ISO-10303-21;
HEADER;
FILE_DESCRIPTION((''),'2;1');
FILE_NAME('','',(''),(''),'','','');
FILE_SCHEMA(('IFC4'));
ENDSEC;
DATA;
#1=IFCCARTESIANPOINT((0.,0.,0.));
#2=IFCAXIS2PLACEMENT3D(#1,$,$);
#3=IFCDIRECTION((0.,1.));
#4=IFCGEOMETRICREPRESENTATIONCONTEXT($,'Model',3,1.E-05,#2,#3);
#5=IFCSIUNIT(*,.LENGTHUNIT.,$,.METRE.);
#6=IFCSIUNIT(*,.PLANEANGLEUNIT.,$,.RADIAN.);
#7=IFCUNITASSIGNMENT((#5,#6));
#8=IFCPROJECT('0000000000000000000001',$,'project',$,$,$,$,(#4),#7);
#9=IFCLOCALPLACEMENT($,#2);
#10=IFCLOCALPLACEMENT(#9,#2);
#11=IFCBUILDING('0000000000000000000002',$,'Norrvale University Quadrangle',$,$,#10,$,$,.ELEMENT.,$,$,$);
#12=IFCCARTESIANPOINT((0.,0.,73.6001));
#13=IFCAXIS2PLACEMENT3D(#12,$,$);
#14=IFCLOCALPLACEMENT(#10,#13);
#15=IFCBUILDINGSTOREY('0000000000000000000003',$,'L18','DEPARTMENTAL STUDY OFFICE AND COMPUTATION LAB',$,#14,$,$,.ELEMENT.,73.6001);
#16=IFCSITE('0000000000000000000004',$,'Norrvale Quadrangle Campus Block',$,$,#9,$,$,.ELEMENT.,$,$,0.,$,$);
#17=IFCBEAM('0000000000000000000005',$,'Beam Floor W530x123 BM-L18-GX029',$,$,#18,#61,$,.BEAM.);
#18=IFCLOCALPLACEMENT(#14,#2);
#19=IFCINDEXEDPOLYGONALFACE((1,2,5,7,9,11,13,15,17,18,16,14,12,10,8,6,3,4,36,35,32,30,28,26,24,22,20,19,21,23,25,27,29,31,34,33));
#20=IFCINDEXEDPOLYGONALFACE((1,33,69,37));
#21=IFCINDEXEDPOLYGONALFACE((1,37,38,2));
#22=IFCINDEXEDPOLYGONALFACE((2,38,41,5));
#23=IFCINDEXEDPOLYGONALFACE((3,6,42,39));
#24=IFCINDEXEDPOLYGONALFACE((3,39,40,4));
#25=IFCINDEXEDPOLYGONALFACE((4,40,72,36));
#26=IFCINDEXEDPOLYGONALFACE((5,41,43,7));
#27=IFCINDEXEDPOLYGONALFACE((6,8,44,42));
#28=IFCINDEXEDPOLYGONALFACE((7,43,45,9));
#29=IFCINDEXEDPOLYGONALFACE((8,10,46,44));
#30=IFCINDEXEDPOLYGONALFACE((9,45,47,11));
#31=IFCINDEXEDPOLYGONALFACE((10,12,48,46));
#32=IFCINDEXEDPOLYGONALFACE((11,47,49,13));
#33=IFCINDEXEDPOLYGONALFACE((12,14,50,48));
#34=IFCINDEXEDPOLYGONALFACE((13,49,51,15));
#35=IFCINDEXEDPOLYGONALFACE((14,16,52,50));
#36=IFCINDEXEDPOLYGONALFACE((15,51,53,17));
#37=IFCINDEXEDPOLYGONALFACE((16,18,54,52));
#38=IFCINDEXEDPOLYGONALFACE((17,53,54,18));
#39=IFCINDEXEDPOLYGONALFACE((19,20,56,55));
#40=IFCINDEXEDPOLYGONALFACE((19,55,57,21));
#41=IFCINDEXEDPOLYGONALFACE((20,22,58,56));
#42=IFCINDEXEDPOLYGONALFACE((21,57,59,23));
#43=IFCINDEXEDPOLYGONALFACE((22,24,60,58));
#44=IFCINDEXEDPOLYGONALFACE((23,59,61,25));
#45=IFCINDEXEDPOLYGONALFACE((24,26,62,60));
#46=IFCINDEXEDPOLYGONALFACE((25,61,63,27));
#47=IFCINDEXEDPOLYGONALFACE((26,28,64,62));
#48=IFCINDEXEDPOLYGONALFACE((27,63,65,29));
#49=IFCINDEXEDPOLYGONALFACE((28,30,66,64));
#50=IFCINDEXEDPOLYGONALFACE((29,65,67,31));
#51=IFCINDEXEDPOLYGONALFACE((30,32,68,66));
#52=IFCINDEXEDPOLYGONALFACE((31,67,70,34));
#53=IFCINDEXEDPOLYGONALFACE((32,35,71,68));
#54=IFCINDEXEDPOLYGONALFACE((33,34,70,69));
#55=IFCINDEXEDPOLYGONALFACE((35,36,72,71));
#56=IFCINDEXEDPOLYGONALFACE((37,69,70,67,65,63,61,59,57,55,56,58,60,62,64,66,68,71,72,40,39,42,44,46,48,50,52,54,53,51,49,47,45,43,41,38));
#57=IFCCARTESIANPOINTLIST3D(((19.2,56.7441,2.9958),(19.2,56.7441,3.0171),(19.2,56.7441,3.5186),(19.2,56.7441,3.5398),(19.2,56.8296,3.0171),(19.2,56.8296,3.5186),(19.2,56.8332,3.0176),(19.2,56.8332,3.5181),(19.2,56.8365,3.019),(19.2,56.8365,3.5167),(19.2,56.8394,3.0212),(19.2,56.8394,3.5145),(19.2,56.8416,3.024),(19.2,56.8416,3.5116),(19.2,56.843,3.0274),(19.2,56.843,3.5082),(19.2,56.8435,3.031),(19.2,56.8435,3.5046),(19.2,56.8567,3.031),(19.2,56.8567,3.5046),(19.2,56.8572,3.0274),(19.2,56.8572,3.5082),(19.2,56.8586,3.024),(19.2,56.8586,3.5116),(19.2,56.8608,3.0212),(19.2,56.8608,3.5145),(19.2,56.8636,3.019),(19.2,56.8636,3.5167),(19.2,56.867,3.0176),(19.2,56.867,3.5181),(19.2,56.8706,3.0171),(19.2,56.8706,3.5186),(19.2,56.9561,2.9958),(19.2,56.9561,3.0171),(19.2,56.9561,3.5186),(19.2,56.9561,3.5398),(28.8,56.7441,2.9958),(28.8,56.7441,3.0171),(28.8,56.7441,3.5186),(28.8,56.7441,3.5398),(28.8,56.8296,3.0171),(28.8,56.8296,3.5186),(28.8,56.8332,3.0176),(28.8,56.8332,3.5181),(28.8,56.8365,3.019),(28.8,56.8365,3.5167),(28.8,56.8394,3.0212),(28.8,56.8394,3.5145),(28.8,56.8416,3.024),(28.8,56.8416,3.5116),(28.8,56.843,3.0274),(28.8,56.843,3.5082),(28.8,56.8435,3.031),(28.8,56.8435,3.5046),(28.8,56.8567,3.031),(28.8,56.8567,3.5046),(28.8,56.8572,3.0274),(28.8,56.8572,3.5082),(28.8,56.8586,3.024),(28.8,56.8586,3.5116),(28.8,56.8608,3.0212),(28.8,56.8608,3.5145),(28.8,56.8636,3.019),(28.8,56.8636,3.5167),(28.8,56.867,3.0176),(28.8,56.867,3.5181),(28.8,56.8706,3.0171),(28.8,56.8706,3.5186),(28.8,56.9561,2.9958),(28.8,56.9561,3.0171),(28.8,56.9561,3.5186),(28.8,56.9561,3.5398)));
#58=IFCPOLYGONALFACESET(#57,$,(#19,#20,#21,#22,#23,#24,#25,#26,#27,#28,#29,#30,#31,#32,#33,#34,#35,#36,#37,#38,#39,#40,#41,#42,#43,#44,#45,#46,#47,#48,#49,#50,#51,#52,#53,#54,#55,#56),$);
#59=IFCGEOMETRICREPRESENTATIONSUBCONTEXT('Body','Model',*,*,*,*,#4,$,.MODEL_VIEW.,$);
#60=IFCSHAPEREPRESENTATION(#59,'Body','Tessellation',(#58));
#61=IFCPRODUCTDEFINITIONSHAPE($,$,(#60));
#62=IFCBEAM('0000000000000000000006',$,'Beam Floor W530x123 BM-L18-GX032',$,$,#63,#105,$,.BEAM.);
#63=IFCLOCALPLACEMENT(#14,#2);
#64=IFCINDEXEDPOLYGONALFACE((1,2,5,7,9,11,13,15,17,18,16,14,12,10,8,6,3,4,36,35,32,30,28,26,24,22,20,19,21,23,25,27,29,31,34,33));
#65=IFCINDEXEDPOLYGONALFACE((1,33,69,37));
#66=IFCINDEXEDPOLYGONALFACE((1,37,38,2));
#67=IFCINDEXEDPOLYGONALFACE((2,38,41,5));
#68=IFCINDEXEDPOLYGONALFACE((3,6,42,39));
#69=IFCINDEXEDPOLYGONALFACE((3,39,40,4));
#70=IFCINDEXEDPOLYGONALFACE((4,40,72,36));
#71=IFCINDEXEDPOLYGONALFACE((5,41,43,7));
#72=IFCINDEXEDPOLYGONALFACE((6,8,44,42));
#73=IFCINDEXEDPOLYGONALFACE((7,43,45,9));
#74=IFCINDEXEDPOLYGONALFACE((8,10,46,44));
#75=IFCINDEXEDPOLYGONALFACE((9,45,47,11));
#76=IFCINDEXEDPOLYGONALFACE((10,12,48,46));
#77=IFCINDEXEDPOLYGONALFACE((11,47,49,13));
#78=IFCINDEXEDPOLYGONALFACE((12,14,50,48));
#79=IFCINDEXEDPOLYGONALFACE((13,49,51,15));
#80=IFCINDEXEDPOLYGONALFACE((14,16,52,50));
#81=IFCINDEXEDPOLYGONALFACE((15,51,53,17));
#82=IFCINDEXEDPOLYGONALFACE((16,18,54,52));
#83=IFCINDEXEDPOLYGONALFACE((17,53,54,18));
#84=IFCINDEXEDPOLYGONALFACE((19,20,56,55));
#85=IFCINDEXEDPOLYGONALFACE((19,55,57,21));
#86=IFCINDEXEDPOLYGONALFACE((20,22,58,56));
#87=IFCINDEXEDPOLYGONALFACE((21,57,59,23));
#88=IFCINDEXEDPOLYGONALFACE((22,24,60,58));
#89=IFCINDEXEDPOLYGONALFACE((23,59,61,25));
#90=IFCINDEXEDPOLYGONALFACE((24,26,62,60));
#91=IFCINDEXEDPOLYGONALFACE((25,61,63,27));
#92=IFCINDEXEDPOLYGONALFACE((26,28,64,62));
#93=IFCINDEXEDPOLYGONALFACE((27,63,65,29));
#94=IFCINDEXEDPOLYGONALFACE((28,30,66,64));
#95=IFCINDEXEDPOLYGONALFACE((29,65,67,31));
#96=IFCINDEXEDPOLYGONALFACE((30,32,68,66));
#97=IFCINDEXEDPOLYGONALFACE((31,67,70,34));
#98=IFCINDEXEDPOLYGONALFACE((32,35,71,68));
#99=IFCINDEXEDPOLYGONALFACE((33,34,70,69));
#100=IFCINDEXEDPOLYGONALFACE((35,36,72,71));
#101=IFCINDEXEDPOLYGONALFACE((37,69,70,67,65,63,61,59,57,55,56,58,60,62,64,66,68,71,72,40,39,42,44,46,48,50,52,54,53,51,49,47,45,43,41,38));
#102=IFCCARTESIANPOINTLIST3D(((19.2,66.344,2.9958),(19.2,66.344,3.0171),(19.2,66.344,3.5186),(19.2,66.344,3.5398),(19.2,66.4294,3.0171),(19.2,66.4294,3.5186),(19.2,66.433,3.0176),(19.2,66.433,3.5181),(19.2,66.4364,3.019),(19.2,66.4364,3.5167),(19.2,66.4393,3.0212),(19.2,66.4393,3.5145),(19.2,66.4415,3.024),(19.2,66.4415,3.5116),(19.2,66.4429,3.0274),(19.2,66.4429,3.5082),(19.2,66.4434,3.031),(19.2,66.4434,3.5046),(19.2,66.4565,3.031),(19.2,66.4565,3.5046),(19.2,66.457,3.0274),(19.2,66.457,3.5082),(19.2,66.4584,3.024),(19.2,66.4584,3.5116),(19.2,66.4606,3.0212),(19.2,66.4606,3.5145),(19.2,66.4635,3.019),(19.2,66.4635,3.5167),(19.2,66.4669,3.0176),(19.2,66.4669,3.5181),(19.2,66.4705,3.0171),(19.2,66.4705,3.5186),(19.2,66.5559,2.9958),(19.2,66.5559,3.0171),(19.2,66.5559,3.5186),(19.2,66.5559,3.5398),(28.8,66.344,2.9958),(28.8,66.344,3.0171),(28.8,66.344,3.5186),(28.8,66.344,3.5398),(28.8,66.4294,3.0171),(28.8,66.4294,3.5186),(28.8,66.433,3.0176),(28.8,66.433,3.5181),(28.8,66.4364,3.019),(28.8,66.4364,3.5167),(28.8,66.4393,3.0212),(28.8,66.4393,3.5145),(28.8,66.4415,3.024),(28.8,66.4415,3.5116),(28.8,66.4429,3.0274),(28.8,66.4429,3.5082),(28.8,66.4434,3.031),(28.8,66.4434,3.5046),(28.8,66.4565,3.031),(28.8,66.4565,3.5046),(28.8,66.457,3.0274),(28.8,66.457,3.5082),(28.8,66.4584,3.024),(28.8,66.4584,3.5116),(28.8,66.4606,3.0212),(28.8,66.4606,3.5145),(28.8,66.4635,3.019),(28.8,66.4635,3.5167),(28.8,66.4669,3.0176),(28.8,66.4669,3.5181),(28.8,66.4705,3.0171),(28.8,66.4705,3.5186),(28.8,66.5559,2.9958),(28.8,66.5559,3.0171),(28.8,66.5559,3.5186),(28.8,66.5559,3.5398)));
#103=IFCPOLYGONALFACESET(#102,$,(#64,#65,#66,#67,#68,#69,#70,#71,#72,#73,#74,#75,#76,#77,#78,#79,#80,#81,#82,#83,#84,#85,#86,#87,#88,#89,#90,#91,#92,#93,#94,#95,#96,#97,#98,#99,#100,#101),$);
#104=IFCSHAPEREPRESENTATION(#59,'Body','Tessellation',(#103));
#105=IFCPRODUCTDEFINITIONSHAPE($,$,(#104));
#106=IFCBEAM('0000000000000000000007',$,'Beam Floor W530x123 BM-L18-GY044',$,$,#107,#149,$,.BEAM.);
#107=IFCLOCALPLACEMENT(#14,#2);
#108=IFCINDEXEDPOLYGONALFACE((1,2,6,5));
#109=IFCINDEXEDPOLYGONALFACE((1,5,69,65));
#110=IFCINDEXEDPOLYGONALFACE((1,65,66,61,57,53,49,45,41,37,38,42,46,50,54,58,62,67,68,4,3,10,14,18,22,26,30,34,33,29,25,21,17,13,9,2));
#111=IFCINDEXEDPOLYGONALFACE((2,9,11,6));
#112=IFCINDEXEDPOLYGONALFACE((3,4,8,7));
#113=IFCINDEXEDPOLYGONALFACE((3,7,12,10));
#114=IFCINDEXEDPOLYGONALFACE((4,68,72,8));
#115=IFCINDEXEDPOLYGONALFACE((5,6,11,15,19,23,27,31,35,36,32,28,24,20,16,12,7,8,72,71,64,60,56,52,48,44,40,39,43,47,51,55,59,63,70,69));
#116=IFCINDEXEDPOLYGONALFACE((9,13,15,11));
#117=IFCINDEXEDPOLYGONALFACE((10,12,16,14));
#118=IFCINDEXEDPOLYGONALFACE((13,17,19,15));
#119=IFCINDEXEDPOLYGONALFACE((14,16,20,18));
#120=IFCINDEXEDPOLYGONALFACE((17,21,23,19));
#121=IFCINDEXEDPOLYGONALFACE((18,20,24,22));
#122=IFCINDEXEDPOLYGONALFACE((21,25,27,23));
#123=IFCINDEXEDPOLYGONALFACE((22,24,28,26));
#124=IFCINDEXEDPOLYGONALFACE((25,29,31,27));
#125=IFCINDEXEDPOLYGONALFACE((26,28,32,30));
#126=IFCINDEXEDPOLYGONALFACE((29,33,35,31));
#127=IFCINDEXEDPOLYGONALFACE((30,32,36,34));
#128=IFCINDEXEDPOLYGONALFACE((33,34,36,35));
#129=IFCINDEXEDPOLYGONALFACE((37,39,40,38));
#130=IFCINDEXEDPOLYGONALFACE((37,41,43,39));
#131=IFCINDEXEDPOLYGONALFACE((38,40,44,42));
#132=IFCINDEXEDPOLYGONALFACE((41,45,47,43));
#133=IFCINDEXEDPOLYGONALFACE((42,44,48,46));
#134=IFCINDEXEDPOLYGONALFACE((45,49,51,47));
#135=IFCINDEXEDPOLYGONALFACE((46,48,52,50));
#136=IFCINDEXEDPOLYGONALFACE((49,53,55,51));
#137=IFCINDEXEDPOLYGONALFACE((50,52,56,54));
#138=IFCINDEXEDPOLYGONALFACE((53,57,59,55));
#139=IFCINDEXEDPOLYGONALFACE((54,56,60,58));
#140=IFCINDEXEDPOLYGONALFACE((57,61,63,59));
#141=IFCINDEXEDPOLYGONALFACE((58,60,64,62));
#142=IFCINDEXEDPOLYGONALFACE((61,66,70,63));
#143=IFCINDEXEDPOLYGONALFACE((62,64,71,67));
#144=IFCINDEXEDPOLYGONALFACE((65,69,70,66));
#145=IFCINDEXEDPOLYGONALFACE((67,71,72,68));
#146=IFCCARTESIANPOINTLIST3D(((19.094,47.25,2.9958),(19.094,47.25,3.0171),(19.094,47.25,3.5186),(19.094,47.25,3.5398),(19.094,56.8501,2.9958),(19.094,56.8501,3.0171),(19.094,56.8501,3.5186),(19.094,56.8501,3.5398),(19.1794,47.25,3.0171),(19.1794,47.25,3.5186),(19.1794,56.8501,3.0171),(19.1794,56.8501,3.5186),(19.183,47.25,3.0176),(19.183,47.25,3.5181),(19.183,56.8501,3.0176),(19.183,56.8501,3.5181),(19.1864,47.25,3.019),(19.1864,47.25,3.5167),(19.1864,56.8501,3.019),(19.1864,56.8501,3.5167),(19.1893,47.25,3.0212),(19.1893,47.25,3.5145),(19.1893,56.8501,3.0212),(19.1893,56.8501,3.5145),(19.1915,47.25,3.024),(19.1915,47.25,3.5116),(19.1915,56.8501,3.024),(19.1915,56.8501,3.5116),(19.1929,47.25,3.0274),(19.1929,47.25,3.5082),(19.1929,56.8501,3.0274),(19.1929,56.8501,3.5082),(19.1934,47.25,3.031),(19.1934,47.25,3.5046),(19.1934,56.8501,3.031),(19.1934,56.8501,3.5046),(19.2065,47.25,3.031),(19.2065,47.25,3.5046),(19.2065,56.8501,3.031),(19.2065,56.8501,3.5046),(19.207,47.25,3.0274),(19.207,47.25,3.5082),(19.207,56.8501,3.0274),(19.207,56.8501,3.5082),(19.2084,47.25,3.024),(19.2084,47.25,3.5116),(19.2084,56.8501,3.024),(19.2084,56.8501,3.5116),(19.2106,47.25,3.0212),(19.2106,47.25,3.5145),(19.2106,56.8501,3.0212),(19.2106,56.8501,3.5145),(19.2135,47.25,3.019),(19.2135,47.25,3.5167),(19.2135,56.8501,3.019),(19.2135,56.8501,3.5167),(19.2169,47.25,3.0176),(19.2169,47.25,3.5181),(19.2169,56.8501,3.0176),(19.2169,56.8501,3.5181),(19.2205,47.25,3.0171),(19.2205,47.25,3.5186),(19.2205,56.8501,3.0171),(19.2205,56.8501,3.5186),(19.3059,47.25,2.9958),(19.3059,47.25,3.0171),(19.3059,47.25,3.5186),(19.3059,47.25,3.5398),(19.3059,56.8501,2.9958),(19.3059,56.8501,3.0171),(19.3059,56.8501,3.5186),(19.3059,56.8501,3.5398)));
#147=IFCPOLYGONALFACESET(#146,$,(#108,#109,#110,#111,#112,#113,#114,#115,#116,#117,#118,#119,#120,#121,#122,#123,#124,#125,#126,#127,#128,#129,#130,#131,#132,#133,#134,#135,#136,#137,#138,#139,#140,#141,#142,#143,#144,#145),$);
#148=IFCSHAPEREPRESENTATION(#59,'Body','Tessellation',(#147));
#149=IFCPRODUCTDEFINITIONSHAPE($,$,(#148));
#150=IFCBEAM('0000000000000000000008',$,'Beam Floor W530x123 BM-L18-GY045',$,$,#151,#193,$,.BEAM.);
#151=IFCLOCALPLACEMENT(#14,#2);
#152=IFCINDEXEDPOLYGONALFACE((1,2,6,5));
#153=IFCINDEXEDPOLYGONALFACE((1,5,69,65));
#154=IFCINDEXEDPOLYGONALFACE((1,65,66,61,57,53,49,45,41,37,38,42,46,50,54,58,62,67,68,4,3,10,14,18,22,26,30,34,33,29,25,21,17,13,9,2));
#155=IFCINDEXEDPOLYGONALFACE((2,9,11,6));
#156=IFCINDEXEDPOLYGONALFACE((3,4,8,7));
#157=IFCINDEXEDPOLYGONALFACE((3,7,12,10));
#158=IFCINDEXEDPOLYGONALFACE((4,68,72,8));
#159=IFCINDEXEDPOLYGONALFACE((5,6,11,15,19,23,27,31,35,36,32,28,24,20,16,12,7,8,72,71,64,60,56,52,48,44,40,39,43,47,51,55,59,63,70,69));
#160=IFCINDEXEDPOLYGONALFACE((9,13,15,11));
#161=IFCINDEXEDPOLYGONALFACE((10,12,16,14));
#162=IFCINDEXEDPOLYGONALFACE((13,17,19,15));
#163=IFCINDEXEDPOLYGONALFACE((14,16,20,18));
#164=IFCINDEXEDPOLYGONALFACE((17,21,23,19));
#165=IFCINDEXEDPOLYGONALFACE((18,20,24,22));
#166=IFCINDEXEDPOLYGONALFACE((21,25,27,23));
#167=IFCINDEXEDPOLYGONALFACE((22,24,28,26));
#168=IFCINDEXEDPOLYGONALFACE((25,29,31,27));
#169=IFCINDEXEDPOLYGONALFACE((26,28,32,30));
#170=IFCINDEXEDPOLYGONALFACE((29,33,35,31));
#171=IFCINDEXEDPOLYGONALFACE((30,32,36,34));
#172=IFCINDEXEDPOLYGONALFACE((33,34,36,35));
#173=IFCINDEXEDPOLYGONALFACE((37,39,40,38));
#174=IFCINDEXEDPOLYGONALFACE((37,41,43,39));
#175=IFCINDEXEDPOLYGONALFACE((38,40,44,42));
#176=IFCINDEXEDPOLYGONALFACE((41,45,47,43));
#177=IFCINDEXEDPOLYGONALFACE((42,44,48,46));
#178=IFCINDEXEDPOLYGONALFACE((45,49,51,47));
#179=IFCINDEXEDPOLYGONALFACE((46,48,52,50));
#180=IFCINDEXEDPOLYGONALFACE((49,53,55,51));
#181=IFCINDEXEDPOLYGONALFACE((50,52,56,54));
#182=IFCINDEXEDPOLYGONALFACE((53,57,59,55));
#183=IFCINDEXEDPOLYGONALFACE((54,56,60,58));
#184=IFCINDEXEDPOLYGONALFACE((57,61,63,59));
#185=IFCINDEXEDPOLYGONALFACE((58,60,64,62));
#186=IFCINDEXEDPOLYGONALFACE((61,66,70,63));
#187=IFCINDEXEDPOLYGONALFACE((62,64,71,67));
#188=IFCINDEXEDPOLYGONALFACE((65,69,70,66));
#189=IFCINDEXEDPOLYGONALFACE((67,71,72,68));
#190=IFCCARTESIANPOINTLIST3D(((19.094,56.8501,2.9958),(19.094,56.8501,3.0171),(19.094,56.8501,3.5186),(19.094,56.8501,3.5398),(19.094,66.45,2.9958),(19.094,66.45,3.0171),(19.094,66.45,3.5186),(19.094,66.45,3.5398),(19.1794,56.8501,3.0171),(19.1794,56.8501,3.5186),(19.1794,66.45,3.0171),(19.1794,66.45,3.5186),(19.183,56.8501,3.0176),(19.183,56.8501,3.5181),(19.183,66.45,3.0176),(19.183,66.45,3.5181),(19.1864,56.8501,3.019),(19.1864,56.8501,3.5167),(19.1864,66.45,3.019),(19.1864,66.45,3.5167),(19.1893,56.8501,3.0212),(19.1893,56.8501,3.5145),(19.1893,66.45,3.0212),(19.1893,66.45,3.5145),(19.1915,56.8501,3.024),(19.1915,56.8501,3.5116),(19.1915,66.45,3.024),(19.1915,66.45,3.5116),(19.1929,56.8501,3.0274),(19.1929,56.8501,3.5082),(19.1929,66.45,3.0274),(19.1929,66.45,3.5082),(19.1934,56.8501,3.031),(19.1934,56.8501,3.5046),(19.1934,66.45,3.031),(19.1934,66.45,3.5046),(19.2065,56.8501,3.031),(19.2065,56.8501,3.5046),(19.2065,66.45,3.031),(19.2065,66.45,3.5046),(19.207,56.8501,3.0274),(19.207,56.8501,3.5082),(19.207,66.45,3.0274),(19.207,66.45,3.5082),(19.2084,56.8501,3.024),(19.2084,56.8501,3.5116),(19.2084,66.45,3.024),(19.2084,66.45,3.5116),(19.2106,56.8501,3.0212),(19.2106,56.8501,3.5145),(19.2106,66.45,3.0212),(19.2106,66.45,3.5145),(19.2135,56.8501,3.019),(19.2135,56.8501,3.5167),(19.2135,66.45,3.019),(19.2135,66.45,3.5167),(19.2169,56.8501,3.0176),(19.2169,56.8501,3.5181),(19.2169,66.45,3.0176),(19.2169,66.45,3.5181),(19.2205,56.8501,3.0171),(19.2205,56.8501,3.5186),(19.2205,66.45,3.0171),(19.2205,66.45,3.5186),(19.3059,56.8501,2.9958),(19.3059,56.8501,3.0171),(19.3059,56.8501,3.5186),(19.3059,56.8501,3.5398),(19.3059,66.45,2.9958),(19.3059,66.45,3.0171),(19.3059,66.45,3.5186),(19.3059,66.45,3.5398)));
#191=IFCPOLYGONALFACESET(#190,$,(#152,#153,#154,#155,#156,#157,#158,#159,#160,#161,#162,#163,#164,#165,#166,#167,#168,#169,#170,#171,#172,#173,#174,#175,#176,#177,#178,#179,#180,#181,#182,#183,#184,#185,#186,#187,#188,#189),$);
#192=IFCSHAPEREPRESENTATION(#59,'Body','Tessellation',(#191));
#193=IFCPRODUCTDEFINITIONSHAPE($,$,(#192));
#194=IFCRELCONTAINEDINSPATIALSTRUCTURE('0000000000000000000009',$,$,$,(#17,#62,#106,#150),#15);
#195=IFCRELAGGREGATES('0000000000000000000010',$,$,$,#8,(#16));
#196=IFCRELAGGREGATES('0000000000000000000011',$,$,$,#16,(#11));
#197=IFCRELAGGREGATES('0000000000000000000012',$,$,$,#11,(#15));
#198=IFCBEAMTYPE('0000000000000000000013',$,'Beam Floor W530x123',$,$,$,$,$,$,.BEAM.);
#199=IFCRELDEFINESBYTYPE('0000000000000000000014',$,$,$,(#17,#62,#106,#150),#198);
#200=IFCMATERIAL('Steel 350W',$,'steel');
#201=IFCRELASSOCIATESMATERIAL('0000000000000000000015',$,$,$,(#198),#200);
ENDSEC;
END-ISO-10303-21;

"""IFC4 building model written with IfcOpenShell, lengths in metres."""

from ifc_helpers import new_model, si_unit, direction, frame, origin, origin_2d, place, context, subcontext, project, spatial, i_section, extrude, material, material_profile, profile_set, type_object, element, save


model = new_model("IFC4")

# Units and contexts
model_context = context("Model", 3, precision=1e-05, world=origin(), true_north=direction((0.0, 1.0)))
body_context = subcontext(model_context, "Body", "Model", "MODEL_VIEW")
ifc_project = project(units=[si_unit("LENGTHUNIT", "METRE"), si_unit("PLANEANGLEUNIT", "RADIAN")], contexts=[model_context])

# Site, building, storey
site_placement = place(None, origin())
site = spatial("IfcSite", under=ifc_project, at=site_placement, Name="Norrvale Quadrangle Campus Block", CompositionType="ELEMENT", RefElevation=0.0)
building_placement = place(site_placement, origin())
building = spatial("IfcBuilding", under=site, at=building_placement, Name="Norrvale University Quadrangle", CompositionType="ELEMENT")
storey_placement = place(building_placement, frame((0.0, 0.0, 73.6001)))
storey = spatial("IfcBuildingStorey", under=building, at=storey_placement, Name="L18", Description="DEPARTMENTAL STUDY OFFICE AND COMPUTATION LAB", CompositionType="ELEMENT", Elevation=73.6001)

# Beams
ifc_material_1 = material(Name="Steel 350W", Category="steel")
ifc_material_profile_1 = material_profile(ifc_material_1, i_section(OverallWidth=0.2119, OverallDepth=0.5439, WebThickness=0.0132, FlangeThickness=0.0212, FilletRadius=0.0139, at=origin_2d()), Name="Steel 350W")
ifc_profile_set_1 = profile_set([ifc_material_profile_1], Name="Steel 350W")
beam_type_1 = type_object("IfcBeamType", Name="Beam Floor W530x123", PredefinedType="BEAM", material=ifc_profile_set_1)
for number, where, z_axis, x_axis, name in (
    (1, (19.2, 56.8501, 3.2678), (1.0, 0.0, 0.0), (0.0, 1.0, 0.0), "Beam Floor W530x123 BM-L18-GX029"),
    (2, (19.2, 66.45, 3.2678), (1.0, 0.0, 0.0), (0.0, 1.0, 0.0), "Beam Floor W530x123 BM-L18-GX032"),
    (3, (19.2, 47.25, 3.2678), (0.0, 1.0, 0.0), (-1.0, 0.0, 0.0), "Beam Floor W530x123 BM-L18-GY044"),
):
    element("IfcBeam", number, at=place(storey_placement, frame(where, z_axis=z_axis, x_axis=x_axis)), inside=storey, type_object=beam_type_1, Name=name, PredefinedType="BEAM", context=body_context, shape_type="SweptSolid", body=[
        extrude(i_section(OverallWidth=0.2119, OverallDepth=0.5439, WebThickness=0.0132, FlangeThickness=0.0212, FilletRadius=0.0139, at=origin_2d()), origin(), (0.0, 0.0, 1.0), 9.6001),
    ])
beam_1_placement = place(storey_placement, frame((19.2, 56.8501, 3.2678), z_axis=(0.0, 1.0, 0.0), x_axis=(-1.0, 0.0, 0.0)))
element("IfcBeam", 4, at=beam_1_placement, inside=storey, type_object=beam_type_1, Name="Beam Floor W530x123 BM-L18-GY045", PredefinedType="BEAM", context=body_context, shape_type="SweptSolid", body=[
    extrude(i_section(OverallWidth=0.2119, OverallDepth=0.5439, WebThickness=0.0132, FlangeThickness=0.0212, FilletRadius=0.0139, at=origin_2d()), origin(), (0.0, 0.0, 1.0), 9.5999),
])

save(model, "model.ifc")
